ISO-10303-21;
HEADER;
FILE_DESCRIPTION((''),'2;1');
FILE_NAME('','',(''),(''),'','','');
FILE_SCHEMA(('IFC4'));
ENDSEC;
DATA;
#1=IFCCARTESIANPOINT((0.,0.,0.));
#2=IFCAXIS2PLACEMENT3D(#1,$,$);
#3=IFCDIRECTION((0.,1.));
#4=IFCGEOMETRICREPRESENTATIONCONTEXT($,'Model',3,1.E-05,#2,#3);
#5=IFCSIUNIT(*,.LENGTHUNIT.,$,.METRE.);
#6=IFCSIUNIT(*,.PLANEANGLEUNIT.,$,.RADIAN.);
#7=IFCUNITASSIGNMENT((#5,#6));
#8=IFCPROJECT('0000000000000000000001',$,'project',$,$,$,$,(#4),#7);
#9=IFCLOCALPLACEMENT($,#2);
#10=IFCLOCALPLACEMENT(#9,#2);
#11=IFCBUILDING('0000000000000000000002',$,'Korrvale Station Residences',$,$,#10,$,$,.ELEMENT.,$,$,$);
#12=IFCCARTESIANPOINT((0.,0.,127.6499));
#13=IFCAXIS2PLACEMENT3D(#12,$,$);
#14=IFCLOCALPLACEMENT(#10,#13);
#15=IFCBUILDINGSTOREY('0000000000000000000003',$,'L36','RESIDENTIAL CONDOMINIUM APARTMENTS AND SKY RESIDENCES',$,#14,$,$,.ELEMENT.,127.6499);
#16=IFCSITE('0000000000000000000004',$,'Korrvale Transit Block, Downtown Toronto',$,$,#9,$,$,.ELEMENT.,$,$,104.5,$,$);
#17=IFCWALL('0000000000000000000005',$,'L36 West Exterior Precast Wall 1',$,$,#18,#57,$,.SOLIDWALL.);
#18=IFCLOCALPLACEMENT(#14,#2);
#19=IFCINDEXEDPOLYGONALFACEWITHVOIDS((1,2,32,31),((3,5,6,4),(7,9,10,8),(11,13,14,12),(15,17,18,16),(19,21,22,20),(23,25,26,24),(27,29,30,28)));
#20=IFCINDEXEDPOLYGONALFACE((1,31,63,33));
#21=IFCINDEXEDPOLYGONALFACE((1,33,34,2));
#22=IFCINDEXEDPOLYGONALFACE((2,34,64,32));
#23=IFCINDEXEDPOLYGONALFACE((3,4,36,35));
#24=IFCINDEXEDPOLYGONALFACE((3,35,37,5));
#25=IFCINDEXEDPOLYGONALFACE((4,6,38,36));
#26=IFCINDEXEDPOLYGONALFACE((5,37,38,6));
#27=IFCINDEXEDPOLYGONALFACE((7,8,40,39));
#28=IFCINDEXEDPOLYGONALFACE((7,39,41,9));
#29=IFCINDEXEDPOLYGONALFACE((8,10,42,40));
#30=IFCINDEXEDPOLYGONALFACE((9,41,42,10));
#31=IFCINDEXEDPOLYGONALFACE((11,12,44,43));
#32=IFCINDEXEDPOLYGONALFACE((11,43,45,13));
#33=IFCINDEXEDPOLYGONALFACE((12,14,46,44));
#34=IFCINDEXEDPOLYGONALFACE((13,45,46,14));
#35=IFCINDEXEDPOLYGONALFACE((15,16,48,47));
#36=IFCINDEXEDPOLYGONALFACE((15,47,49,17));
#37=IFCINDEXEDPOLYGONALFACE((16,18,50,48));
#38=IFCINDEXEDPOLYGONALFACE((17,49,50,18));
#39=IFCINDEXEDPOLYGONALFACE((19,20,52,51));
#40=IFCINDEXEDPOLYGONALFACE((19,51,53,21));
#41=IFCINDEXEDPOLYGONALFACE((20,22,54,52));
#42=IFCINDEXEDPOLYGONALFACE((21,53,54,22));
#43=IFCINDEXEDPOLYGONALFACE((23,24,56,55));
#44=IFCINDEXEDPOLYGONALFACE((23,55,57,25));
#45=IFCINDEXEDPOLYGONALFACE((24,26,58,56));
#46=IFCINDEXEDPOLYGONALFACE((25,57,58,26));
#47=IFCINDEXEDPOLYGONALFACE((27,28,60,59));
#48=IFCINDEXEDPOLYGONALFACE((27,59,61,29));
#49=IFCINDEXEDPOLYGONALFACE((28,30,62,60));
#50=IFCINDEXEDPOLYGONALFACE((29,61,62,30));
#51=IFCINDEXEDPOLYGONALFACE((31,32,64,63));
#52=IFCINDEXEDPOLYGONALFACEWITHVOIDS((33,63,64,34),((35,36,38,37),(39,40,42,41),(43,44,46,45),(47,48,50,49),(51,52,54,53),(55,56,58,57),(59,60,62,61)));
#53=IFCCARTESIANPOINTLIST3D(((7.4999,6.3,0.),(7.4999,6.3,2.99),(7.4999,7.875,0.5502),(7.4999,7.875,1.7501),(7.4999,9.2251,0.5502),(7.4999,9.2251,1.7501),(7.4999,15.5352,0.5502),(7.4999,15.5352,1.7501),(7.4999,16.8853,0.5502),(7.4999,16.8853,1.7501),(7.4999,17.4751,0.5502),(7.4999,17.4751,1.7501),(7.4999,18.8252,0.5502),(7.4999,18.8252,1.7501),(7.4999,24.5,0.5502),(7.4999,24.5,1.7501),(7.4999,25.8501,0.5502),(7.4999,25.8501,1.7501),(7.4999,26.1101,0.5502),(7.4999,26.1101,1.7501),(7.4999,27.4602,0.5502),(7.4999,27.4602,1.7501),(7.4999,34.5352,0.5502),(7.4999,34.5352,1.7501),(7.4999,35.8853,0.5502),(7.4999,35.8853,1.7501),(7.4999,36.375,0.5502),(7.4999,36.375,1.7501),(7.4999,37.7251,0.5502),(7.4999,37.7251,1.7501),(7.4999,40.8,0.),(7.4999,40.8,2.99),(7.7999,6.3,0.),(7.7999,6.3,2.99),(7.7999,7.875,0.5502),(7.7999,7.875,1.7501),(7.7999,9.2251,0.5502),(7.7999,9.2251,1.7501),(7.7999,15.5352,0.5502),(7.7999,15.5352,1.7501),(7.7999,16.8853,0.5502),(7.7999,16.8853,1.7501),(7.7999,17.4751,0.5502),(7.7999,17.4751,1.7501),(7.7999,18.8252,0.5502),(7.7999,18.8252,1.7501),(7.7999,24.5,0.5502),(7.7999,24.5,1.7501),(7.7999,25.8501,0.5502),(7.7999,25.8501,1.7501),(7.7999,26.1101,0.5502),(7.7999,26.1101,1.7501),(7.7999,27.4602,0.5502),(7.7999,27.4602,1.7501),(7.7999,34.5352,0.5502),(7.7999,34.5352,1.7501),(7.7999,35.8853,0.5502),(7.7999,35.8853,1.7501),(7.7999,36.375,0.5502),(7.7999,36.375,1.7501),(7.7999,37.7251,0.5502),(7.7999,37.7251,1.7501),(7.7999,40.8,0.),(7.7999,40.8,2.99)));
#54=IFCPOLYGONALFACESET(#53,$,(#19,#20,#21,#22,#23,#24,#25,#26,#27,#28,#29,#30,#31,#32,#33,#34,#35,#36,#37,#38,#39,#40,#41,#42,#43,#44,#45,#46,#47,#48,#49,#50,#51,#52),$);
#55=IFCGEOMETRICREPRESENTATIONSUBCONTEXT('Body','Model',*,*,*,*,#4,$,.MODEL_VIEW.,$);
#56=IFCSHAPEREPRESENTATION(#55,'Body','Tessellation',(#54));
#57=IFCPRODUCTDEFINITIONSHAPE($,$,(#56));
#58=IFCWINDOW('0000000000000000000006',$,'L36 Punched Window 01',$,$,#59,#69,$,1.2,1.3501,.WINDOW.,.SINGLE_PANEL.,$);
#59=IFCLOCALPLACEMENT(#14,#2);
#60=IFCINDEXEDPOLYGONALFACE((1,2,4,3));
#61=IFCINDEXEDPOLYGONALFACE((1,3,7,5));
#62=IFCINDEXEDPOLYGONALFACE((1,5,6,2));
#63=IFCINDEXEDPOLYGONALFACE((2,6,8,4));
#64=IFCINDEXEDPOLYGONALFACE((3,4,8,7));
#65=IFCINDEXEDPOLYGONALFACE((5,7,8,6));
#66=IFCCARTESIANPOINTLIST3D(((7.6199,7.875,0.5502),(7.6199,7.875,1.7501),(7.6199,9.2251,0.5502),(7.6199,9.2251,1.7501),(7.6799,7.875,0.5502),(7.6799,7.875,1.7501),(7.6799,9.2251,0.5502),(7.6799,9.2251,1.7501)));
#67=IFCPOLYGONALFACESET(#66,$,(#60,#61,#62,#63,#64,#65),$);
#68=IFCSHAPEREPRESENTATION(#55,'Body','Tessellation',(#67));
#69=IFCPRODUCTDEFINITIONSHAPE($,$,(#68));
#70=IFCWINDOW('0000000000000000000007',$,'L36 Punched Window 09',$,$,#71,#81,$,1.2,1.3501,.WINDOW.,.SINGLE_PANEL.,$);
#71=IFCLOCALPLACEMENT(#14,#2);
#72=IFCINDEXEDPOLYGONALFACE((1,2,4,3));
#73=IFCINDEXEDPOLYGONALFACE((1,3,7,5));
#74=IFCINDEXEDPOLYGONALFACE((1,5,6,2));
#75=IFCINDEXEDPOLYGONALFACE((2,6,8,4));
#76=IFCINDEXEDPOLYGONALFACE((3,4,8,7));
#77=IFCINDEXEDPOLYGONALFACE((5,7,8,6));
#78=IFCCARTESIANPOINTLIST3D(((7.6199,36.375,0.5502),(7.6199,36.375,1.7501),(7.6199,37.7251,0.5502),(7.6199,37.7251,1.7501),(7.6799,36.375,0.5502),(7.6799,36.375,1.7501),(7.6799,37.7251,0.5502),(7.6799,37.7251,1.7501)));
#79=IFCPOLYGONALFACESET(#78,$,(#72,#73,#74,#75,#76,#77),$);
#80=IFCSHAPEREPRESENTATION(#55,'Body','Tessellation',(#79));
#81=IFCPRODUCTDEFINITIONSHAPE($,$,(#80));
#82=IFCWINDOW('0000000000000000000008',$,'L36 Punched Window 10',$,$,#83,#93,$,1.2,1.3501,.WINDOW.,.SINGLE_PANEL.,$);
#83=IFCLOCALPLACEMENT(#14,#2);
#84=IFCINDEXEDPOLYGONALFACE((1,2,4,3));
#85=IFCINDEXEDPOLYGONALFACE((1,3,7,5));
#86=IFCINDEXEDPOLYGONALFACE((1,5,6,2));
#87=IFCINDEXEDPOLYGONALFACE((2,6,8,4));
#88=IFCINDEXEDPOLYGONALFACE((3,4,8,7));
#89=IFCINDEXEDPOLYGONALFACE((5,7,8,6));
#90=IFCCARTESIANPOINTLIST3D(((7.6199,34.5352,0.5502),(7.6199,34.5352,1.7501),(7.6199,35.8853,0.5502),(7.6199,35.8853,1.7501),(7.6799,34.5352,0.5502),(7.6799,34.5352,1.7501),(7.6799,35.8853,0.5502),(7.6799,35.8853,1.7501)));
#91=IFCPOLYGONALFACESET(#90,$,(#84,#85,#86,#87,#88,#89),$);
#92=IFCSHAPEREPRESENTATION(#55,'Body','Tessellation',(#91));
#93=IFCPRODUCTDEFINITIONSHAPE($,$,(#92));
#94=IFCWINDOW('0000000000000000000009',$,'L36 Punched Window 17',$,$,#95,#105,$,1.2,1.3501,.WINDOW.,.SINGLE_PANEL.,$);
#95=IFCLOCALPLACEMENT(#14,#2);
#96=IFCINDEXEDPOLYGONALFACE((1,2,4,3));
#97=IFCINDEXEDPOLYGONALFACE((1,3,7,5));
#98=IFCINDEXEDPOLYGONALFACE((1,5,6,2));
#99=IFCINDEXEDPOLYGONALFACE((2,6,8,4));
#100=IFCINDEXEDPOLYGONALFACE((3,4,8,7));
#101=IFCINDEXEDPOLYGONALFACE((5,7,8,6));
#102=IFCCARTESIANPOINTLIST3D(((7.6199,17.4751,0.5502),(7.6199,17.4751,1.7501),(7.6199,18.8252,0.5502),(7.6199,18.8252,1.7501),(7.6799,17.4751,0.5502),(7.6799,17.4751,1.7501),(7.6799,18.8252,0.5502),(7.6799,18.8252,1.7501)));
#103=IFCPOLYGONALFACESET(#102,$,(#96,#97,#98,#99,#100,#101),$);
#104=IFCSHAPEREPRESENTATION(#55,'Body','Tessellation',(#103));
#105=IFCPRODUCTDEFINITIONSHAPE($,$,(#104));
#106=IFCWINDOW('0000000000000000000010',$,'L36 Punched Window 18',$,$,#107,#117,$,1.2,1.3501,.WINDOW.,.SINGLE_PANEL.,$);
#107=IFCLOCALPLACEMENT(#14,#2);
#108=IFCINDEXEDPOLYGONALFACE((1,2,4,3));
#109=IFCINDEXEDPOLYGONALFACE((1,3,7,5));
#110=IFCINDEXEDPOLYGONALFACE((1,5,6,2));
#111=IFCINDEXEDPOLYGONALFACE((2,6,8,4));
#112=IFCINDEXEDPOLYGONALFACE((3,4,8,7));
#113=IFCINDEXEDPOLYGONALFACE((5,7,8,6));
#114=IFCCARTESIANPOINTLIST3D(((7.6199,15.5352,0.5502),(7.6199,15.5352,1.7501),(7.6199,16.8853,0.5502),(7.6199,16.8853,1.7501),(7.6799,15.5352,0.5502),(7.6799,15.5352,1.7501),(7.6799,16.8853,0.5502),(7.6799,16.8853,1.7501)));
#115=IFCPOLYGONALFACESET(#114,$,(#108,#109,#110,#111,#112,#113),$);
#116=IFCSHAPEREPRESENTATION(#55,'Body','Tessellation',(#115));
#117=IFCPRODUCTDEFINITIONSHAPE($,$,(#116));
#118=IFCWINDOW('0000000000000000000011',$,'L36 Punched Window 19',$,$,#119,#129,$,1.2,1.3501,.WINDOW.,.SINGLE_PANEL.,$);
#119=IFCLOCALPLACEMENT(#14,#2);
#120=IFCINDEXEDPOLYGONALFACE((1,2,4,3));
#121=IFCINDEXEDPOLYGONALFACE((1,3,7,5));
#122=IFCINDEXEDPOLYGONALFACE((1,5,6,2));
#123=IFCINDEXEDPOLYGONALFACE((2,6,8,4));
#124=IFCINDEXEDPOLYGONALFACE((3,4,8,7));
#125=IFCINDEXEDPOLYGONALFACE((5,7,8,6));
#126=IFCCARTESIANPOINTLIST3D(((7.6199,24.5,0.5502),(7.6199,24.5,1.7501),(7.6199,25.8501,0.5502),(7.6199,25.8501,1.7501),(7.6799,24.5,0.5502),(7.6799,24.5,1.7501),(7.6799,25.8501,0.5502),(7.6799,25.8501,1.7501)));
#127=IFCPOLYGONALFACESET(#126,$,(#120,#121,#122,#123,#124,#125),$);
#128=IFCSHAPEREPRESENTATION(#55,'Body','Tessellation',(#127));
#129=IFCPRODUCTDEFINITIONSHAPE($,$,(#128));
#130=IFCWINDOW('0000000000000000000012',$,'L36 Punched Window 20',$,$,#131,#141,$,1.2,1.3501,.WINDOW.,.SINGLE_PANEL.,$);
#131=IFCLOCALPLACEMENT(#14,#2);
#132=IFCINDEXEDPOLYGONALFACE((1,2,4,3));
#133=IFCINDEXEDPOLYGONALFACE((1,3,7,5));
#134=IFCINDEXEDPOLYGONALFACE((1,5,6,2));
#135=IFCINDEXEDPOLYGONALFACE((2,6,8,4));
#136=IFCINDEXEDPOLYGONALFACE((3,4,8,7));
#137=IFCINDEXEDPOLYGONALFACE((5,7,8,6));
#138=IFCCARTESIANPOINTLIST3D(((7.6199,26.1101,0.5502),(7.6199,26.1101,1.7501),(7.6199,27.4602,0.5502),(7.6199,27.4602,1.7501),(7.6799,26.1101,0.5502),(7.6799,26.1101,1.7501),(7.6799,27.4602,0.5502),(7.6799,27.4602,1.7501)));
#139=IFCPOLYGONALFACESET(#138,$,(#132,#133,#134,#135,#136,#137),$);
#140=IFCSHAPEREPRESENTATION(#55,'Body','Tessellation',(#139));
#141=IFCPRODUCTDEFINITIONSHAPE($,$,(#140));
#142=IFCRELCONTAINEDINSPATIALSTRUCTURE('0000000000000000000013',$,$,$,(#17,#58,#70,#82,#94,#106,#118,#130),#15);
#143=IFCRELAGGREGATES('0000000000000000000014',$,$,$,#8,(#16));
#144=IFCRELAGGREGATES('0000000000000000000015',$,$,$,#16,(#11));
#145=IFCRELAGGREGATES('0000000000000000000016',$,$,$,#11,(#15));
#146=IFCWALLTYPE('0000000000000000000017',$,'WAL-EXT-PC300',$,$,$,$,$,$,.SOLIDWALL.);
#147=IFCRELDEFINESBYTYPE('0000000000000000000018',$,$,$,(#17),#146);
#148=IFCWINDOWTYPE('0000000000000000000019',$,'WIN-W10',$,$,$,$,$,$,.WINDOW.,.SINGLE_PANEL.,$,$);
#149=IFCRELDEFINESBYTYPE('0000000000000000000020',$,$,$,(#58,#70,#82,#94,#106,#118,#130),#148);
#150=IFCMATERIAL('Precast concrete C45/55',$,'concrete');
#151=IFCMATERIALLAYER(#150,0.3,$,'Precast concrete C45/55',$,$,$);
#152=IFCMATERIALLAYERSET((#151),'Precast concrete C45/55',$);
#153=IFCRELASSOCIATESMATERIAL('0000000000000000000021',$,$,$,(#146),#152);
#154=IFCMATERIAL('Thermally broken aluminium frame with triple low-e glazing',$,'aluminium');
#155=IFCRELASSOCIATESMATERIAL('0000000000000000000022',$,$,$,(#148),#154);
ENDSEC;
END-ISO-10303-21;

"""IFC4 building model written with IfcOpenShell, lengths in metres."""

from ifc_helpers import new_model, si_unit, direction, frame, frame_2d, origin, place, context, subcontext, project, spatial, rectangle, extrude, material, layer, layer_set, type_object, element, fill, save


model = new_model("IFC4")

# Units and contexts
model_context = context("Model", 3, precision=1e-05, world=origin(), true_north=direction((0.0, 1.0)))
body_context = subcontext(model_context, "Body", "Model", "MODEL_VIEW")
ifc_project = project(units=[si_unit("LENGTHUNIT", "METRE"), si_unit("PLANEANGLEUNIT", "RADIAN")], contexts=[model_context])

# Site, building, storey
site_placement = place(None, origin())
site = spatial("IfcSite", under=ifc_project, at=site_placement, Name="Korrvale Transit Block, Downtown Toronto", CompositionType="ELEMENT", RefElevation=104.5)
building_placement = place(site_placement, origin())
building = spatial("IfcBuilding", under=site, at=building_placement, Name="Korrvale Station Residences", CompositionType="ELEMENT")
storey_placement = place(building_placement, frame((0.0, 0.0, 127.6499)))
storey = spatial("IfcBuildingStorey", under=building, at=storey_placement, Name="L36", Description="RESIDENTIAL CONDOMINIUM APARTMENTS AND SKY RESIDENCES", CompositionType="ELEMENT", Elevation=127.6499)

# Shared definitions
ifc_material_1 = material(Name="Precast concrete C45/55", Category="concrete")
ifc_layer_1 = layer(ifc_material_1, 0.3, Name="Precast concrete C45/55")
ifc_layer_set_1 = layer_set([ifc_layer_1], Name="Precast concrete C45/55")
wall_type_1 = type_object("IfcWallType", Name="WAL-EXT-PC300", PredefinedType="SOLIDWALL", material=ifc_layer_set_1)

# Wall, openings, windows
wall_1_placement = place(storey_placement, frame((7.6499, 6.3, 0.0), z_axis=(0.0, 0.0, 1.0), x_axis=(0.0, 1.0, 0.0)))
wall_1 = element("IfcWall", 1, at=wall_1_placement, inside=storey, type_object=wall_type_1, Name="L36 West Exterior Precast Wall 1", PredefinedType="SOLIDWALL", context=body_context, shape_type="SweptSolid", body=[
    extrude(rectangle(XDim=34.5, YDim=0.3, at=frame_2d((17.25, 0.0))), origin(), (0.0, 0.0, 1.0), 2.99),
])
opening_1_placement = place(wall_1_placement, frame((1.575, 0.0, 0.55)))
opening_1 = element("IfcOpeningElement", 2, at=opening_1_placement, cuts=wall_1, PredefinedType="OPENING", context=body_context, shape_type="SweptSolid", body=[
    extrude(rectangle(XDim=1.3501, YDim=1.2, at=frame_2d((0.675, 0.6001))), frame((0.0, 0.1602, 0.0), z_axis=(0.0, -1.0, 0.0), x_axis=(1.0, 0.0, 0.0)), (0.0, 0.0, 1.0), 0.3201),
])
opening_2_placement = place(wall_1_placement, frame((30.075, 0.0, 0.55)))
opening_2 = element("IfcOpeningElement", 3, at=opening_2_placement, cuts=wall_1, PredefinedType="OPENING", context=body_context, shape_type="SweptSolid", body=[
    extrude(rectangle(XDim=1.3501, YDim=1.2, at=frame_2d((0.675, 0.6001))), frame((0.0, 0.1602, 0.0), z_axis=(0.0, -1.0, 0.0), x_axis=(1.0, 0.0, 0.0)), (0.0, 0.0, 1.0), 0.3201),
])
opening_3_placement = place(wall_1_placement, frame((28.2351, 0.0, 0.55)))
opening_3 = element("IfcOpeningElement", 4, at=opening_3_placement, cuts=wall_1, PredefinedType="OPENING", context=body_context, shape_type="SweptSolid", body=[
    extrude(rectangle(XDim=1.3501, YDim=1.2, at=frame_2d((0.675, 0.6001))), frame((0.0, 0.1602, 0.0), z_axis=(0.0, -1.0, 0.0), x_axis=(1.0, 0.0, 0.0)), (0.0, 0.0, 1.0), 0.3201),
])
opening_4_placement = place(wall_1_placement, frame((11.175, 0.0, 0.55)))
opening_4 = element("IfcOpeningElement", 5, at=opening_4_placement, cuts=wall_1, PredefinedType="OPENING", context=body_context, shape_type="SweptSolid", body=[
    extrude(rectangle(XDim=1.3501, YDim=1.2, at=frame_2d((0.675, 0.6001))), frame((0.0, 0.1602, 0.0), z_axis=(0.0, -1.0, 0.0), x_axis=(1.0, 0.0, 0.0)), (0.0, 0.0, 1.0), 0.3201),
])
opening_5_placement = place(wall_1_placement, frame((9.2351, 0.0, 0.55)))
opening_5 = element("IfcOpeningElement", 6, at=opening_5_placement, cuts=wall_1, PredefinedType="OPENING", context=body_context, shape_type="SweptSolid", body=[
    extrude(rectangle(XDim=1.3501, YDim=1.2, at=frame_2d((0.675, 0.6001))), frame((0.0, 0.1602, 0.0), z_axis=(0.0, -1.0, 0.0), x_axis=(1.0, 0.0, 0.0)), (0.0, 0.0, 1.0), 0.3201),
])
opening_6_placement = place(wall_1_placement, frame((18.2, 0.0, 0.55)))
opening_6 = element("IfcOpeningElement", 7, at=opening_6_placement, cuts=wall_1, PredefinedType="OPENING", context=body_context, shape_type="SweptSolid", body=[
    extrude(rectangle(XDim=1.3501, YDim=1.2, at=frame_2d((0.675, 0.6001))), frame((0.0, 0.1602, 0.0), z_axis=(0.0, -1.0, 0.0), x_axis=(1.0, 0.0, 0.0)), (0.0, 0.0, 1.0), 0.3201),
])
opening_7_placement = place(wall_1_placement, frame((19.8101, 0.0, 0.55)))
opening_7 = element("IfcOpeningElement", 8, at=opening_7_placement, cuts=wall_1, PredefinedType="OPENING", context=body_context, shape_type="SweptSolid", body=[
    extrude(rectangle(XDim=1.3501, YDim=1.2, at=frame_2d((0.675, 0.6001))), frame((0.0, 0.1602, 0.0), z_axis=(0.0, -1.0, 0.0), x_axis=(1.0, 0.0, 0.0)), (0.0, 0.0, 1.0), 0.3201),
])
ifc_material_2 = material(Name="Thermally broken aluminium frame with triple low-e glazing", Category="aluminium")
window_type = type_object("IfcWindowType", Name="WIN-W10", PartitioningType="SINGLE_PANEL", PredefinedType="WINDOW", material=ifc_material_2)
window_1_placement = place(opening_1_placement, origin())
window_1 = element("IfcWindow", 9, at=window_1_placement, inside=storey, type_object=window_type, Name="L36 Punched Window 01", OverallHeight=1.2, OverallWidth=1.3501, PartitioningType="SINGLE_PANEL", PredefinedType="WINDOW", context=body_context, shape_type="SweptSolid", body=[
    extrude(rectangle(XDim=1.3501, YDim=1.2, at=frame_2d((0.675, 0.6001))), frame((0.0, 0.03, 0.0), z_axis=(0.0, -1.0, 0.0), x_axis=(1.0, 0.0, 0.0)), (0.0, 0.0, 1.0), 0.0601),
])
fill(opening_1, window_1)
window_2_placement = place(opening_2_placement, origin())
window_2 = element("IfcWindow", 10, at=window_2_placement, inside=storey, type_object=window_type, Name="L36 Punched Window 09", OverallHeight=1.2, OverallWidth=1.3501, PartitioningType="SINGLE_PANEL", PredefinedType="WINDOW", context=body_context, shape_type="SweptSolid", body=[
    extrude(rectangle(XDim=1.3501, YDim=1.2, at=frame_2d((0.675, 0.6001))), frame((0.0, 0.03, 0.0), z_axis=(0.0, -1.0, 0.0), x_axis=(1.0, 0.0, 0.0)), (0.0, 0.0, 1.0), 0.0601),
])
fill(opening_2, window_2)
window_3_placement = place(opening_3_placement, origin())
window_3 = element("IfcWindow", 11, at=window_3_placement, inside=storey, type_object=window_type, Name="L36 Punched Window 10", OverallHeight=1.2, OverallWidth=1.3501, PartitioningType="SINGLE_PANEL", PredefinedType="WINDOW", context=body_context, shape_type="SweptSolid", body=[
    extrude(rectangle(XDim=1.3501, YDim=1.2, at=frame_2d((0.675, 0.6001))), frame((0.0, 0.03, 0.0), z_axis=(0.0, -1.0, 0.0), x_axis=(1.0, 0.0, 0.0)), (0.0, 0.0, 1.0), 0.0601),
])
fill(opening_3, window_3)
window_4_placement = place(opening_4_placement, origin())
window_4 = element("IfcWindow", 12, at=window_4_placement, inside=storey, type_object=window_type, Name="L36 Punched Window 17", OverallHeight=1.2, OverallWidth=1.3501, PartitioningType="SINGLE_PANEL", PredefinedType="WINDOW", context=body_context, shape_type="SweptSolid", body=[
    extrude(rectangle(XDim=1.3501, YDim=1.2, at=frame_2d((0.675, 0.6001))), frame((0.0, 0.03, 0.0), z_axis=(0.0, -1.0, 0.0), x_axis=(1.0, 0.0, 0.0)), (0.0, 0.0, 1.0), 0.0601),
])
fill(opening_4, window_4)
window_5_placement = place(opening_5_placement, origin())
window_5 = element("IfcWindow", 13, at=window_5_placement, inside=storey, type_object=window_type, Name="L36 Punched Window 18", OverallHeight=1.2, OverallWidth=1.3501, PartitioningType="SINGLE_PANEL", PredefinedType="WINDOW", context=body_context, shape_type="SweptSolid", body=[
    extrude(rectangle(XDim=1.3501, YDim=1.2, at=frame_2d((0.675, 0.6001))), frame((0.0, 0.03, 0.0), z_axis=(0.0, -1.0, 0.0), x_axis=(1.0, 0.0, 0.0)), (0.0, 0.0, 1.0), 0.0601),
])
fill(opening_5, window_5)
window_6_placement = place(opening_6_placement, origin())
window_6 = element("IfcWindow", 14, at=window_6_placement, inside=storey, type_object=window_type, Name="L36 Punched Window 19", OverallHeight=1.2, OverallWidth=1.3501, PartitioningType="SINGLE_PANEL", PredefinedType="WINDOW", context=body_context, shape_type="SweptSolid", body=[
    extrude(rectangle(XDim=1.3501, YDim=1.2, at=frame_2d((0.675, 0.6001))), frame((0.0, 0.03, 0.0), z_axis=(0.0, -1.0, 0.0), x_axis=(1.0, 0.0, 0.0)), (0.0, 0.0, 1.0), 0.0601),
])
fill(opening_6, window_6)
window_7_placement = place(opening_7_placement, origin())
window_7 = element("IfcWindow", 15, at=window_7_placement, inside=storey, type_object=window_type, Name="L36 Punched Window 20", OverallHeight=1.2, OverallWidth=1.3501, PartitioningType="SINGLE_PANEL", PredefinedType="WINDOW", context=body_context, shape_type="SweptSolid", body=[
    extrude(rectangle(XDim=1.3501, YDim=1.2, at=frame_2d((0.675, 0.6001))), frame((0.0, 0.03, 0.0), z_axis=(0.0, -1.0, 0.0), x_axis=(1.0, 0.0, 0.0)), (0.0, 0.0, 1.0), 0.0601),
])
fill(opening_7, window_7)

save(model, "model.ifc")
